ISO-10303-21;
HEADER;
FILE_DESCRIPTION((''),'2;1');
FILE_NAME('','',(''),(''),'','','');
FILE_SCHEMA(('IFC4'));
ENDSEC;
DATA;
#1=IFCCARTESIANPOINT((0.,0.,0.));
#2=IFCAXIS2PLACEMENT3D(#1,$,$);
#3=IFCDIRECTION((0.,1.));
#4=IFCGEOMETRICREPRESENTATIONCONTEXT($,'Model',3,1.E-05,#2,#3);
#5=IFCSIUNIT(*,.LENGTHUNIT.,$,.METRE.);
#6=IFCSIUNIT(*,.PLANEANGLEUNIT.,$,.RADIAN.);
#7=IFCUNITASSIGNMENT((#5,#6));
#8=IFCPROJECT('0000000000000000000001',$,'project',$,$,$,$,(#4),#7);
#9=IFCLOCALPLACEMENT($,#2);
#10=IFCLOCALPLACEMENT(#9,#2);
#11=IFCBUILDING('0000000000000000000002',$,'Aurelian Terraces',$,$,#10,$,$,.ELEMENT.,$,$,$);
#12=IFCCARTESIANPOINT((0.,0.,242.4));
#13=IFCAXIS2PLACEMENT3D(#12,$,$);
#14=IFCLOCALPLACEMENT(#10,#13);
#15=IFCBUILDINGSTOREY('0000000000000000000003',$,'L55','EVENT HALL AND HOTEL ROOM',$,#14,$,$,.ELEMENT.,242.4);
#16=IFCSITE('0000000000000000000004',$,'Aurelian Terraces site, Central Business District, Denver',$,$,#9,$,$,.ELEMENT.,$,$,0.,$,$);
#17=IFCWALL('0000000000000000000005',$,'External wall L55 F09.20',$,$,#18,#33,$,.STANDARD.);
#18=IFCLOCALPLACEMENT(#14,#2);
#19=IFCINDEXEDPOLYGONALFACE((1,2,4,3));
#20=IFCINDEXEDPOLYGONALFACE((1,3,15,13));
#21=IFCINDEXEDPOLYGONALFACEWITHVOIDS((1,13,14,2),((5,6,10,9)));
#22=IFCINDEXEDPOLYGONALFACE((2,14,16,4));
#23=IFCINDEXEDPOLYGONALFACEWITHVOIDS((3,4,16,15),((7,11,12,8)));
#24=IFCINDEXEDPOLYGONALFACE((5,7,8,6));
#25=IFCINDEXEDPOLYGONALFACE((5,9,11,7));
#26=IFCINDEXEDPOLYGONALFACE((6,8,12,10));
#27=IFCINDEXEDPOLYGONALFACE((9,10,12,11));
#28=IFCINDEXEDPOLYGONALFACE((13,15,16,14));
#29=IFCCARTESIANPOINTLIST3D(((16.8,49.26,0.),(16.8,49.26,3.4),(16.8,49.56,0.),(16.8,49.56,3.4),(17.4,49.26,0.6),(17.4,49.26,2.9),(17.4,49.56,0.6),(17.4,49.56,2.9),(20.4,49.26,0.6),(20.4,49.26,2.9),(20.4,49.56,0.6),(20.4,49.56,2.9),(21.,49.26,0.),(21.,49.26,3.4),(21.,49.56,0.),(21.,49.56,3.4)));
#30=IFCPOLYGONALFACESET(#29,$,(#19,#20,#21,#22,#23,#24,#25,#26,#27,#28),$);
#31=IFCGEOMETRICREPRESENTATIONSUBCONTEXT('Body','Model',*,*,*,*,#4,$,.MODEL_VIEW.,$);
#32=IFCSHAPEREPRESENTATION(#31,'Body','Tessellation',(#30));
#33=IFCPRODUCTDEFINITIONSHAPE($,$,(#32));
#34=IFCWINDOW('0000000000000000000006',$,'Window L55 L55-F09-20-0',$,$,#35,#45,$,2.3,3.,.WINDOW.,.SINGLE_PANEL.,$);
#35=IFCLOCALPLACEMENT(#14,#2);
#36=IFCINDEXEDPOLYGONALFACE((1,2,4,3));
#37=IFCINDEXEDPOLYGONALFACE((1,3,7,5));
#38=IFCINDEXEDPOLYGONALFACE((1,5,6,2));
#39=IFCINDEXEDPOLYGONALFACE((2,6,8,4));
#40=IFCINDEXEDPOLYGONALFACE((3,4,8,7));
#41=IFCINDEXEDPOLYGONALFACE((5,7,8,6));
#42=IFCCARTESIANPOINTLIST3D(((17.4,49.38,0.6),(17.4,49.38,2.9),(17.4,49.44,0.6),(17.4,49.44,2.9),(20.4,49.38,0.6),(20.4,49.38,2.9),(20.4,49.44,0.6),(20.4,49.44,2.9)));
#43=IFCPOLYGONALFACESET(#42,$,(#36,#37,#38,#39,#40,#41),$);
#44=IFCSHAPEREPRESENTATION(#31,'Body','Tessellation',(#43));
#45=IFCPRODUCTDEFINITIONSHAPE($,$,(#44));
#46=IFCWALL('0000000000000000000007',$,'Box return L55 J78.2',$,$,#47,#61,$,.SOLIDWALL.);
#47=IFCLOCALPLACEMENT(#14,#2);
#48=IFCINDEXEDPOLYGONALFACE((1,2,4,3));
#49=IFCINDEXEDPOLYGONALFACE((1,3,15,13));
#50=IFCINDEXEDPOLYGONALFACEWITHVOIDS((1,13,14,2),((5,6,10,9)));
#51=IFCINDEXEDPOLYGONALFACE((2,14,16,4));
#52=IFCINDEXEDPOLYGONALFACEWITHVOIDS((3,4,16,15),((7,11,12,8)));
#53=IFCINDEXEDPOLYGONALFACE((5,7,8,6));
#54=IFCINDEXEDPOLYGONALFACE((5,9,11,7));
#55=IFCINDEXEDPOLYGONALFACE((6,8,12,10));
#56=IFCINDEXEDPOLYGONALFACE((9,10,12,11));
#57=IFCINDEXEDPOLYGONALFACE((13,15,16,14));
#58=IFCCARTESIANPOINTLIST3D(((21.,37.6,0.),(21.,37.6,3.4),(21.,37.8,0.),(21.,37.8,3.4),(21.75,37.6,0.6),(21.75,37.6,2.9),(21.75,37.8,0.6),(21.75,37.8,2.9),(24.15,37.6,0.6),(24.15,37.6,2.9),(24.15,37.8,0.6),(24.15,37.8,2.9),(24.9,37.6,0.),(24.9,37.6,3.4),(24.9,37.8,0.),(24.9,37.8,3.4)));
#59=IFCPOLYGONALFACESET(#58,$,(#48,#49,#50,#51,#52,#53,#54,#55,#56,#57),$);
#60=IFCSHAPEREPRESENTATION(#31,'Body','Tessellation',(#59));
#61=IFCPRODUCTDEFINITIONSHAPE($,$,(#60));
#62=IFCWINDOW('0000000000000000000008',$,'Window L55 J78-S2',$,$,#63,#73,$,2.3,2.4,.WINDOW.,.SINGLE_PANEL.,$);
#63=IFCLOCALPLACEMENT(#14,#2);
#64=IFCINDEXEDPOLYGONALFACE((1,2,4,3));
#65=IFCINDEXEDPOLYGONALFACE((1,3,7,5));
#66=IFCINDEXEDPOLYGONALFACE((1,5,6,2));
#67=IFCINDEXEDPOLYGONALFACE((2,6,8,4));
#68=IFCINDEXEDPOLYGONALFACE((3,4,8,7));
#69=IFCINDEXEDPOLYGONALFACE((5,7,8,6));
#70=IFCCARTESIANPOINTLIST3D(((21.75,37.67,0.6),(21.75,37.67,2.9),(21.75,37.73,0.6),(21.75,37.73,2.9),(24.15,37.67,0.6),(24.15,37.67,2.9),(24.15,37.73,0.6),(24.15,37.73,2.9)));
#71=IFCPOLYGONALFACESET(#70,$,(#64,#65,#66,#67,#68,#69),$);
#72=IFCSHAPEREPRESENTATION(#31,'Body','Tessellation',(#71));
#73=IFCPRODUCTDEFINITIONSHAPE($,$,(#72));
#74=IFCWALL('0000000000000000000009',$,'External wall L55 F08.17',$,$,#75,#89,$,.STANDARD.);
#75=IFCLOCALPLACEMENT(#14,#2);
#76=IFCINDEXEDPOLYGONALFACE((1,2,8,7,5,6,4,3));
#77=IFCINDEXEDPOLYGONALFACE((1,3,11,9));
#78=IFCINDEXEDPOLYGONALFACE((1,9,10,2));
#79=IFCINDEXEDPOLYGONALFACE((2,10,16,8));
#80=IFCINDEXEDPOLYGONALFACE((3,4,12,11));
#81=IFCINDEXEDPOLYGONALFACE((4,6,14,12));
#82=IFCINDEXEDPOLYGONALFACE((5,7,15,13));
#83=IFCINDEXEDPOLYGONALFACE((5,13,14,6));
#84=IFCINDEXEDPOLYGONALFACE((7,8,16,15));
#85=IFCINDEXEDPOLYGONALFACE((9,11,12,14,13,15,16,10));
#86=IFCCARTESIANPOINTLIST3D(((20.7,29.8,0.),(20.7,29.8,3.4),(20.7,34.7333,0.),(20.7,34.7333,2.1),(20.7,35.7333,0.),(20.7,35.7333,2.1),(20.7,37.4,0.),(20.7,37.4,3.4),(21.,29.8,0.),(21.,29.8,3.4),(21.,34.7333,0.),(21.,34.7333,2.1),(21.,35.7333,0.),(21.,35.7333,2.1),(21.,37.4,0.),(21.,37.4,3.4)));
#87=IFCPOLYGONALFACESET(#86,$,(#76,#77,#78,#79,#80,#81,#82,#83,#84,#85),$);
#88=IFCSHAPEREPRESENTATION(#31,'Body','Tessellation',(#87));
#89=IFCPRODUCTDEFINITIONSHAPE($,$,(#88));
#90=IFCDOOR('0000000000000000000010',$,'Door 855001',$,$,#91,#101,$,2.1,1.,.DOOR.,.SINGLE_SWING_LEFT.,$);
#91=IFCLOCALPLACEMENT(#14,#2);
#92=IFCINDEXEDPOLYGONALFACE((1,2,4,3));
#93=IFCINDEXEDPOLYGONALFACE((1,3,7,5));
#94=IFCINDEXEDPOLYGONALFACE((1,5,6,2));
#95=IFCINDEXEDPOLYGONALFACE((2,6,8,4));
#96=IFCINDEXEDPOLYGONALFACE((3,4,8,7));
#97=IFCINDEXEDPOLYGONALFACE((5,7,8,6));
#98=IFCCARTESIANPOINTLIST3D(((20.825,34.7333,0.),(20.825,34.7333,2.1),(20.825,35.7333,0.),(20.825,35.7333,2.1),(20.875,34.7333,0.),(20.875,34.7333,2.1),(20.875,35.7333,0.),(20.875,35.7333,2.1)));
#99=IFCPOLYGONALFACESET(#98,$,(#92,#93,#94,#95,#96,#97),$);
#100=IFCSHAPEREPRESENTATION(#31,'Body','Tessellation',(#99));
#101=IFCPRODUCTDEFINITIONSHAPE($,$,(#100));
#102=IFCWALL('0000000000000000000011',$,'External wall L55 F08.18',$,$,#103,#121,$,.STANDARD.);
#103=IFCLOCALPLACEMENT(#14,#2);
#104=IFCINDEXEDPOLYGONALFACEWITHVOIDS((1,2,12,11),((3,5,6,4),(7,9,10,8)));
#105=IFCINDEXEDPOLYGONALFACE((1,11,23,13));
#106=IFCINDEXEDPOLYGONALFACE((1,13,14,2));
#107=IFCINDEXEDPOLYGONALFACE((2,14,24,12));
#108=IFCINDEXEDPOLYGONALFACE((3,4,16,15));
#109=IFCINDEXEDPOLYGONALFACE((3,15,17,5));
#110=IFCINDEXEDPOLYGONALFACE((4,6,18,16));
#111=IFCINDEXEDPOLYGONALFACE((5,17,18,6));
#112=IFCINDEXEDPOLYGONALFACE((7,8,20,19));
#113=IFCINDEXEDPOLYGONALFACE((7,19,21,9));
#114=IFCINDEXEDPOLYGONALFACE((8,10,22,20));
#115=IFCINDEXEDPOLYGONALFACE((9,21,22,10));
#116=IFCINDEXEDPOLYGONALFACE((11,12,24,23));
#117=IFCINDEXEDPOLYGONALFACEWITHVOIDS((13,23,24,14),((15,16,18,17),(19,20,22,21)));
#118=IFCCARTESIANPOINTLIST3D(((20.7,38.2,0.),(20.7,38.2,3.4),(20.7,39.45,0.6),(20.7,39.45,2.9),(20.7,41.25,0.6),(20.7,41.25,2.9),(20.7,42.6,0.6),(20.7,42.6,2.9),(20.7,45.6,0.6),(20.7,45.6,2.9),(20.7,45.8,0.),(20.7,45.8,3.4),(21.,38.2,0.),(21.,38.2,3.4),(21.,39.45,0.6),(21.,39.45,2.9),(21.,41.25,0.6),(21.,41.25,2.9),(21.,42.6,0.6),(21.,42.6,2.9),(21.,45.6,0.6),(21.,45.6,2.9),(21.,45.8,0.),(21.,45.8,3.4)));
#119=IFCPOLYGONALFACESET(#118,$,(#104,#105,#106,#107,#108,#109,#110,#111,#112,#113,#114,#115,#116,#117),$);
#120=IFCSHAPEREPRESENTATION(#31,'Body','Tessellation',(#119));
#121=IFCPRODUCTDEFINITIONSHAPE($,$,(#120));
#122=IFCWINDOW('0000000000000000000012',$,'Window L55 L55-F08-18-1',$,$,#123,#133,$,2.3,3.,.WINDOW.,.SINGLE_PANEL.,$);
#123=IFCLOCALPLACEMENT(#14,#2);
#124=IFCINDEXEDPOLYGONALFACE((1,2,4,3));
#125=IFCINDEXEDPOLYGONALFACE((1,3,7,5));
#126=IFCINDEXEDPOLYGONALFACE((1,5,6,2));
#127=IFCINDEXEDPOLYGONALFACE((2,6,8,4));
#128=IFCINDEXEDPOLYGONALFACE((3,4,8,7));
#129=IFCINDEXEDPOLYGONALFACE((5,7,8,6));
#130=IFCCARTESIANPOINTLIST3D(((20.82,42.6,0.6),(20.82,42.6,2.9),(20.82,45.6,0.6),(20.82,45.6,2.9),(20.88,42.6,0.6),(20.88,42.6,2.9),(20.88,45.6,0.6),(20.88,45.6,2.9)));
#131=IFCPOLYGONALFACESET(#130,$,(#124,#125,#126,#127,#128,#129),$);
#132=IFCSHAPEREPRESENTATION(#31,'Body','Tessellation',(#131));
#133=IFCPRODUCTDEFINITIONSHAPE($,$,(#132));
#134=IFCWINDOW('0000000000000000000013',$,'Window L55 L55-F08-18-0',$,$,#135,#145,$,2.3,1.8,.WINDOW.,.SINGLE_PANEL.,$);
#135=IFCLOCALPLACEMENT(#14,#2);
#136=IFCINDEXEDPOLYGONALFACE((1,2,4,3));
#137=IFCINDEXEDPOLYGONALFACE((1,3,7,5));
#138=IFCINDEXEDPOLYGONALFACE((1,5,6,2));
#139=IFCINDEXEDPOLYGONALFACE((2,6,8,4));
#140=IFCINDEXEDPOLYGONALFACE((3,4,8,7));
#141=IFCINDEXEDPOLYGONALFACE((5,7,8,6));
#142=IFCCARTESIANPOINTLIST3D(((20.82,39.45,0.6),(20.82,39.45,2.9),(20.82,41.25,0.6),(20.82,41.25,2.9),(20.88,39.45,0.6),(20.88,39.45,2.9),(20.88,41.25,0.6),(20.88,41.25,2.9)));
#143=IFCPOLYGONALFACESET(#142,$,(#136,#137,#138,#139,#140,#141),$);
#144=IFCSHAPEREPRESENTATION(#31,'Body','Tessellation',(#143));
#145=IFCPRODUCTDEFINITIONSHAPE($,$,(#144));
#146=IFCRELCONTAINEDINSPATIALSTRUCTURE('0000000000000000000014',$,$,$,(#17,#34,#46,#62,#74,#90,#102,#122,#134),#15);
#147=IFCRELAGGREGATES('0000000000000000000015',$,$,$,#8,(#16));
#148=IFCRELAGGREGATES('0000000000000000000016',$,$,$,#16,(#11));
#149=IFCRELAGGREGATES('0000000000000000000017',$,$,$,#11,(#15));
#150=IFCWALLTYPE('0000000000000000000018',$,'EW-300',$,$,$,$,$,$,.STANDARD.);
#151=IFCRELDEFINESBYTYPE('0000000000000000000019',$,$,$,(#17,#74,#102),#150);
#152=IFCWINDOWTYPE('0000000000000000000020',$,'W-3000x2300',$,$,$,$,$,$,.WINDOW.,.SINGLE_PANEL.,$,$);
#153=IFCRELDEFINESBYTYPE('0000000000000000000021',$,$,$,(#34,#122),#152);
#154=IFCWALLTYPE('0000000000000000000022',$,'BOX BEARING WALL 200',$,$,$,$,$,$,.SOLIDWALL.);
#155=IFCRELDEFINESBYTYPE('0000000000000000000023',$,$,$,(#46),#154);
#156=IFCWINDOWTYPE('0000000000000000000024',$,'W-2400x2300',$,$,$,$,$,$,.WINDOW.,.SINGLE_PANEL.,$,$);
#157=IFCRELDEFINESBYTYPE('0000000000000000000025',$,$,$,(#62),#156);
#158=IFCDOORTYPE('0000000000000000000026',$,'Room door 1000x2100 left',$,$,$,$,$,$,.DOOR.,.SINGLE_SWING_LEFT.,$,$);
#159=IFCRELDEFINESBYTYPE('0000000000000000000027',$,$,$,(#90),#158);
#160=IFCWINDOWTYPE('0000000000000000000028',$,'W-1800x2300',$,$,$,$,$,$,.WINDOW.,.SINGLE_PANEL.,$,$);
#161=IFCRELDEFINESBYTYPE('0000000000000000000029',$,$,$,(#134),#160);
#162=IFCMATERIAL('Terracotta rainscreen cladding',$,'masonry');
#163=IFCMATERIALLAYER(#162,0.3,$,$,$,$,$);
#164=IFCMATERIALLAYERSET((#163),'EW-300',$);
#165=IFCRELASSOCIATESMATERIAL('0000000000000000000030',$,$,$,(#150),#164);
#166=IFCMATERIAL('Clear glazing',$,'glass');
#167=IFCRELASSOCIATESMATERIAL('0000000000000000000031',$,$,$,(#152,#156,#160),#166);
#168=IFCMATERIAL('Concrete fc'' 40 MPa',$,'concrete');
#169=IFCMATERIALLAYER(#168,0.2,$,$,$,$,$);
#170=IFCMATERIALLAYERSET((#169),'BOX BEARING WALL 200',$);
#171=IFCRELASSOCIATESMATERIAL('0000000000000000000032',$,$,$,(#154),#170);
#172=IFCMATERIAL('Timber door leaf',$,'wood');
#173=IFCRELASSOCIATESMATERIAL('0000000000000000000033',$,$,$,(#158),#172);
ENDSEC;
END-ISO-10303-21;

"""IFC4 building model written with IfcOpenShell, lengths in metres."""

from ifc_helpers import new_model, si_unit, direction, frame, frame_2d, origin, place, context, subcontext, project, spatial, rectangle, extrude, source, transform, mapped, material, layer, layer_set, type_object, element, fill, save


model = new_model("IFC4")

# Units and contexts
model_context = context("Model", 3, precision=1e-05, world=origin(), true_north=direction((0.0, 1.0)))
body_context = subcontext(model_context, "Body", "Model", "MODEL_VIEW")
ifc_project = project(units=[si_unit("LENGTHUNIT", "METRE"), si_unit("PLANEANGLEUNIT", "RADIAN")], contexts=[model_context])

# Site, building, storey
site_placement = place(None, origin())
site = spatial("IfcSite", under=ifc_project, at=site_placement, Name="Aurelian Terraces site, Central Business District, Denver", CompositionType="ELEMENT", RefElevation=0.0)
building_placement = place(site_placement, origin())
building = spatial("IfcBuilding", under=site, at=building_placement, Name="Aurelian Terraces", CompositionType="ELEMENT")
storey_placement = place(building_placement, frame((0.0, 0.0, 242.4)))
storey = spatial("IfcBuildingStorey", under=building, at=storey_placement, Name="L55", Description="EVENT HALL AND HOTEL ROOM", CompositionType="ELEMENT", Elevation=242.4)

# Walls, openings, windows
ifc_material_1 = material(Name="Terracotta rainscreen cladding", Category="masonry")
ifc_layer_1 = layer(ifc_material_1, 0.3)
ifc_layer_set_1 = layer_set([ifc_layer_1], Name="EW-300")
wall_type_1 = type_object("IfcWallType", Name="EW-300", PredefinedType="STANDARD", material=ifc_layer_set_1)
shared_shape_1 = source(origin(), body_context, "Body", "SweptSolid", [
    extrude(rectangle(XDim=4.2, YDim=0.3, at=frame_2d((2.1, 0.0))), origin(), (0.0, 0.0, 1.0), 3.4),
])
wall_1_placement = place(storey_placement, frame((21.0, 49.41, 0.0), z_axis=(0.0, 0.0, 1.0), x_axis=(-1.0, 0.0, 0.0)))
wall_1 = element("IfcWall", 1, at=wall_1_placement, inside=storey, type_object=wall_type_1, Name="External wall L55 F09.20", PredefinedType="STANDARD", context=body_context, shape_type="MappedRepresentation", body=[
    mapped(shared_shape_1, transform((0.0, 0.0, 0.0), scale=1.0)),
])
shared_shape_2 = source(origin(), body_context, "Body", "SweptSolid", [
    extrude(rectangle(XDim=3.0, YDim=2.3, at=frame_2d((1.5, 1.15))), frame((0.0, 0.16, 0.0), z_axis=(0.0, -1.0, 0.0), x_axis=(1.0, 0.0, 0.0)), (0.0, 0.0, 1.0), 0.32),
])
opening_1_placement = place(wall_1_placement, frame((0.6, 0.0, 0.6)))
opening_1 = element("IfcOpeningElement", 2, at=opening_1_placement, cuts=wall_1, PredefinedType="OPENING", context=body_context, shape_type="MappedRepresentation", body=[
    mapped(shared_shape_2, transform((0.0, 0.0, 0.0), scale=1.0)),
])
ifc_material_2 = material(Name="Clear glazing", Category="glass")
window_type_1 = type_object("IfcWindowType", Name="W-3000x2300", PartitioningType="SINGLE_PANEL", PredefinedType="WINDOW", material=ifc_material_2)
shared_shape_3 = source(origin(), body_context, "Body", "SweptSolid", [
    extrude(rectangle(XDim=3.0, YDim=2.3, at=frame_2d((1.5, 1.15))), frame((0.0, 0.03, 0.0), z_axis=(0.0, -1.0, 0.0), x_axis=(1.0, 0.0, 0.0)), (0.0, 0.0, 1.0), 0.06),
])
window_1_placement = place(opening_1_placement, origin())
window_1 = element("IfcWindow", 3, at=window_1_placement, inside=storey, type_object=window_type_1, Name="Window L55 L55-F09-20-0", OverallHeight=2.3, OverallWidth=3.0, PartitioningType="SINGLE_PANEL", PredefinedType="WINDOW", context=body_context, shape_type="MappedRepresentation", body=[
    mapped(shared_shape_3, transform((0.0, 0.0, 0.0), scale=1.0)),
])
fill(opening_1, window_1)
ifc_material_3 = material(Name="Concrete fc' 40 MPa", Category="concrete")
ifc_layer_2 = layer(ifc_material_3, 0.2)
ifc_layer_set_2 = layer_set([ifc_layer_2], Name="BOX BEARING WALL 200")
wall_type_2 = type_object("IfcWallType", Name="BOX BEARING WALL 200", PredefinedType="SOLIDWALL", material=ifc_layer_set_2)
shared_shape_4 = source(origin(), body_context, "Body", "SweptSolid", [
    extrude(rectangle(XDim=3.9, YDim=0.2, at=frame_2d((1.95, 0.0))), origin(), (0.0, 0.0, 1.0), 3.4),
])
wall_2_placement = place(storey_placement, frame((21.0, 37.7, 0.0), z_axis=(0.0, 0.0, 1.0), x_axis=(1.0, 0.0, 0.0)))
wall_2 = element("IfcWall", 4, at=wall_2_placement, inside=storey, type_object=wall_type_2, Name="Box return L55 J78.2", PredefinedType="SOLIDWALL", context=body_context, shape_type="MappedRepresentation", body=[
    mapped(shared_shape_4, transform((0.0, 0.0, 0.0), scale=1.0)),
])
shared_shape_5 = source(origin(), body_context, "Body", "SweptSolid", [
    extrude(rectangle(XDim=2.4, YDim=2.3, at=frame_2d((1.2, 1.15))), frame((0.0, 0.11, 0.0), z_axis=(0.0, -1.0, 0.0), x_axis=(1.0, 0.0, 0.0)), (0.0, 0.0, 1.0), 0.22),
])
opening_2_placement = place(wall_2_placement, frame((0.75, 0.0, 0.6)))
opening_2 = element("IfcOpeningElement", 5, at=opening_2_placement, cuts=wall_2, PredefinedType="OPENING", context=body_context, shape_type="MappedRepresentation", body=[
    mapped(shared_shape_5, transform((0.0, 0.0, 0.0), scale=1.0)),
])
window_type_2 = type_object("IfcWindowType", Name="W-2400x2300", PartitioningType="SINGLE_PANEL", PredefinedType="WINDOW", material=ifc_material_2)
shared_shape_6 = source(origin(), body_context, "Body", "SweptSolid", [
    extrude(rectangle(XDim=2.4, YDim=2.3, at=frame_2d((1.2, 1.15))), frame((0.0, 0.03, 0.0), z_axis=(0.0, -1.0, 0.0), x_axis=(1.0, 0.0, 0.0)), (0.0, 0.0, 1.0), 0.06),
])
window_2_placement = place(opening_2_placement, origin())
window_2 = element("IfcWindow", 6, at=window_2_placement, inside=storey, type_object=window_type_2, Name="Window L55 J78-S2", OverallHeight=2.3, OverallWidth=2.4, PartitioningType="SINGLE_PANEL", PredefinedType="WINDOW", context=body_context, shape_type="MappedRepresentation", body=[
    mapped(shared_shape_6, transform((0.0, 0.0, 0.0), scale=1.0)),
])
fill(opening_2, window_2)

# Wall, opening, door
shared_shape_7 = source(origin(), body_context, "Body", "SweptSolid", [
    extrude(rectangle(XDim=7.6, YDim=0.3, at=frame_2d((3.8, 0.0))), origin(), (0.0, 0.0, 1.0), 3.4),
])
wall_3_placement = place(storey_placement, frame((20.85, 29.8, 0.0), z_axis=(0.0, 0.0, 1.0), x_axis=(0.0, 1.0, 0.0)))
wall_3 = element("IfcWall", 7, at=wall_3_placement, inside=storey, type_object=wall_type_1, Name="External wall L55 F08.17", PredefinedType="STANDARD", context=body_context, shape_type="MappedRepresentation", body=[
    mapped(shared_shape_7, transform((0.0, 0.0, 0.0), scale=1.0)),
])
shared_shape_8 = source(origin(), body_context, "Body", "SweptSolid", [
    extrude(rectangle(XDim=1.0, YDim=2.1, at=frame_2d((0.5, 1.05))), frame((0.0, 0.16, 0.0), z_axis=(0.0, -1.0, 0.0), x_axis=(1.0, 0.0, 0.0)), (0.0, 0.0, 1.0), 0.32),
])
opening_3_placement = place(wall_3_placement, frame((4.9333, 0.0, 0.0)))
opening_3 = element("IfcOpeningElement", 8, at=opening_3_placement, cuts=wall_3, PredefinedType="OPENING", context=body_context, shape_type="MappedRepresentation", body=[
    mapped(shared_shape_8, transform((0.0, 0.0, 0.0), scale=1.0)),
])
ifc_material_4 = material(Name="Timber door leaf", Category="wood")
door_type = type_object("IfcDoorType", Name="Room door 1000x2100 left", OperationType="SINGLE_SWING_LEFT", PredefinedType="DOOR", material=ifc_material_4)
shared_shape_9 = source(origin(), body_context, "Body", "SweptSolid", [
    extrude(rectangle(XDim=1.0, YDim=2.1, at=frame_2d((0.5, 1.05))), frame((0.0, 0.025, 0.0), z_axis=(0.0, -1.0, 0.0), x_axis=(1.0, 0.0, 0.0)), (0.0, 0.0, 1.0), 0.05),
])
door_placement = place(opening_3_placement, origin())
door = element("IfcDoor", 9, at=door_placement, inside=storey, type_object=door_type, Name="Door 855001", OperationType="SINGLE_SWING_LEFT", OverallHeight=2.1, OverallWidth=1.0, PredefinedType="DOOR", context=body_context, shape_type="MappedRepresentation", body=[
    mapped(shared_shape_9, transform((0.0, 0.0, 0.0), scale=1.0)),
])
fill(opening_3, door)

# Wall, openings, windows
wall_4_placement = place(storey_placement, frame((20.85, 38.2, 0.0), z_axis=(0.0, 0.0, 1.0), x_axis=(0.0, 1.0, 0.0)))
wall_4 = element("IfcWall", 10, at=wall_4_placement, inside=storey, type_object=wall_type_1, Name="External wall L55 F08.18", PredefinedType="STANDARD", context=body_context, shape_type="MappedRepresentation", body=[
    mapped(shared_shape_7, transform((0.0, 0.0, 0.0), scale=1.0)),
])
shared_shape_10 = source(origin(), body_context, "Body", "SweptSolid", [
    extrude(rectangle(XDim=1.8, YDim=2.3, at=frame_2d((0.9, 1.15))), frame((0.0, 0.16, 0.0), z_axis=(0.0, -1.0, 0.0), x_axis=(1.0, 0.0, 0.0)), (0.0, 0.0, 1.0), 0.32),
])
opening_4_placement = place(wall_4_placement, frame((1.25, 0.0, 0.6)))
opening_4 = element("IfcOpeningElement", 11, at=opening_4_placement, cuts=wall_4, PredefinedType="OPENING", context=body_context, shape_type="MappedRepresentation", body=[
    mapped(shared_shape_10, transform((0.0, 0.0, 0.0), scale=1.0)),
])
opening_5_placement = place(wall_4_placement, frame((4.4, 0.0, 0.6)))
opening_5 = element("IfcOpeningElement", 12, at=opening_5_placement, cuts=wall_4, PredefinedType="OPENING", context=body_context, shape_type="MappedRepresentation", body=[
    mapped(shared_shape_2, transform((0.0, 0.0, 0.0), scale=1.0)),
])
window_3_placement = place(opening_5_placement, origin())
window_3 = element("IfcWindow", 13, at=window_3_placement, inside=storey, type_object=window_type_1, Name="Window L55 L55-F08-18-1", OverallHeight=2.3, OverallWidth=3.0, PartitioningType="SINGLE_PANEL", PredefinedType="WINDOW", context=body_context, shape_type="MappedRepresentation", body=[
    mapped(shared_shape_3, transform((0.0, 0.0, 0.0), scale=1.0)),
])
fill(opening_5, window_3)
window_type_3 = type_object("IfcWindowType", Name="W-1800x2300", PartitioningType="SINGLE_PANEL", PredefinedType="WINDOW", material=ifc_material_2)
shared_shape_11 = source(origin(), body_context, "Body", "SweptSolid", [
    extrude(rectangle(XDim=1.8, YDim=2.3, at=frame_2d((0.9, 1.15))), frame((0.0, 0.03, 0.0), z_axis=(0.0, -1.0, 0.0), x_axis=(1.0, 0.0, 0.0)), (0.0, 0.0, 1.0), 0.06),
])
window_4_placement = place(opening_4_placement, origin())
window_4 = element("IfcWindow", 14, at=window_4_placement, inside=storey, type_object=window_type_3, Name="Window L55 L55-F08-18-0", OverallHeight=2.3, OverallWidth=1.8, PartitioningType="SINGLE_PANEL", PredefinedType="WINDOW", context=body_context, shape_type="MappedRepresentation", body=[
    mapped(shared_shape_11, transform((0.0, 0.0, 0.0), scale=1.0)),
])
fill(opening_4, window_4)

save(model, "model.ifc")
